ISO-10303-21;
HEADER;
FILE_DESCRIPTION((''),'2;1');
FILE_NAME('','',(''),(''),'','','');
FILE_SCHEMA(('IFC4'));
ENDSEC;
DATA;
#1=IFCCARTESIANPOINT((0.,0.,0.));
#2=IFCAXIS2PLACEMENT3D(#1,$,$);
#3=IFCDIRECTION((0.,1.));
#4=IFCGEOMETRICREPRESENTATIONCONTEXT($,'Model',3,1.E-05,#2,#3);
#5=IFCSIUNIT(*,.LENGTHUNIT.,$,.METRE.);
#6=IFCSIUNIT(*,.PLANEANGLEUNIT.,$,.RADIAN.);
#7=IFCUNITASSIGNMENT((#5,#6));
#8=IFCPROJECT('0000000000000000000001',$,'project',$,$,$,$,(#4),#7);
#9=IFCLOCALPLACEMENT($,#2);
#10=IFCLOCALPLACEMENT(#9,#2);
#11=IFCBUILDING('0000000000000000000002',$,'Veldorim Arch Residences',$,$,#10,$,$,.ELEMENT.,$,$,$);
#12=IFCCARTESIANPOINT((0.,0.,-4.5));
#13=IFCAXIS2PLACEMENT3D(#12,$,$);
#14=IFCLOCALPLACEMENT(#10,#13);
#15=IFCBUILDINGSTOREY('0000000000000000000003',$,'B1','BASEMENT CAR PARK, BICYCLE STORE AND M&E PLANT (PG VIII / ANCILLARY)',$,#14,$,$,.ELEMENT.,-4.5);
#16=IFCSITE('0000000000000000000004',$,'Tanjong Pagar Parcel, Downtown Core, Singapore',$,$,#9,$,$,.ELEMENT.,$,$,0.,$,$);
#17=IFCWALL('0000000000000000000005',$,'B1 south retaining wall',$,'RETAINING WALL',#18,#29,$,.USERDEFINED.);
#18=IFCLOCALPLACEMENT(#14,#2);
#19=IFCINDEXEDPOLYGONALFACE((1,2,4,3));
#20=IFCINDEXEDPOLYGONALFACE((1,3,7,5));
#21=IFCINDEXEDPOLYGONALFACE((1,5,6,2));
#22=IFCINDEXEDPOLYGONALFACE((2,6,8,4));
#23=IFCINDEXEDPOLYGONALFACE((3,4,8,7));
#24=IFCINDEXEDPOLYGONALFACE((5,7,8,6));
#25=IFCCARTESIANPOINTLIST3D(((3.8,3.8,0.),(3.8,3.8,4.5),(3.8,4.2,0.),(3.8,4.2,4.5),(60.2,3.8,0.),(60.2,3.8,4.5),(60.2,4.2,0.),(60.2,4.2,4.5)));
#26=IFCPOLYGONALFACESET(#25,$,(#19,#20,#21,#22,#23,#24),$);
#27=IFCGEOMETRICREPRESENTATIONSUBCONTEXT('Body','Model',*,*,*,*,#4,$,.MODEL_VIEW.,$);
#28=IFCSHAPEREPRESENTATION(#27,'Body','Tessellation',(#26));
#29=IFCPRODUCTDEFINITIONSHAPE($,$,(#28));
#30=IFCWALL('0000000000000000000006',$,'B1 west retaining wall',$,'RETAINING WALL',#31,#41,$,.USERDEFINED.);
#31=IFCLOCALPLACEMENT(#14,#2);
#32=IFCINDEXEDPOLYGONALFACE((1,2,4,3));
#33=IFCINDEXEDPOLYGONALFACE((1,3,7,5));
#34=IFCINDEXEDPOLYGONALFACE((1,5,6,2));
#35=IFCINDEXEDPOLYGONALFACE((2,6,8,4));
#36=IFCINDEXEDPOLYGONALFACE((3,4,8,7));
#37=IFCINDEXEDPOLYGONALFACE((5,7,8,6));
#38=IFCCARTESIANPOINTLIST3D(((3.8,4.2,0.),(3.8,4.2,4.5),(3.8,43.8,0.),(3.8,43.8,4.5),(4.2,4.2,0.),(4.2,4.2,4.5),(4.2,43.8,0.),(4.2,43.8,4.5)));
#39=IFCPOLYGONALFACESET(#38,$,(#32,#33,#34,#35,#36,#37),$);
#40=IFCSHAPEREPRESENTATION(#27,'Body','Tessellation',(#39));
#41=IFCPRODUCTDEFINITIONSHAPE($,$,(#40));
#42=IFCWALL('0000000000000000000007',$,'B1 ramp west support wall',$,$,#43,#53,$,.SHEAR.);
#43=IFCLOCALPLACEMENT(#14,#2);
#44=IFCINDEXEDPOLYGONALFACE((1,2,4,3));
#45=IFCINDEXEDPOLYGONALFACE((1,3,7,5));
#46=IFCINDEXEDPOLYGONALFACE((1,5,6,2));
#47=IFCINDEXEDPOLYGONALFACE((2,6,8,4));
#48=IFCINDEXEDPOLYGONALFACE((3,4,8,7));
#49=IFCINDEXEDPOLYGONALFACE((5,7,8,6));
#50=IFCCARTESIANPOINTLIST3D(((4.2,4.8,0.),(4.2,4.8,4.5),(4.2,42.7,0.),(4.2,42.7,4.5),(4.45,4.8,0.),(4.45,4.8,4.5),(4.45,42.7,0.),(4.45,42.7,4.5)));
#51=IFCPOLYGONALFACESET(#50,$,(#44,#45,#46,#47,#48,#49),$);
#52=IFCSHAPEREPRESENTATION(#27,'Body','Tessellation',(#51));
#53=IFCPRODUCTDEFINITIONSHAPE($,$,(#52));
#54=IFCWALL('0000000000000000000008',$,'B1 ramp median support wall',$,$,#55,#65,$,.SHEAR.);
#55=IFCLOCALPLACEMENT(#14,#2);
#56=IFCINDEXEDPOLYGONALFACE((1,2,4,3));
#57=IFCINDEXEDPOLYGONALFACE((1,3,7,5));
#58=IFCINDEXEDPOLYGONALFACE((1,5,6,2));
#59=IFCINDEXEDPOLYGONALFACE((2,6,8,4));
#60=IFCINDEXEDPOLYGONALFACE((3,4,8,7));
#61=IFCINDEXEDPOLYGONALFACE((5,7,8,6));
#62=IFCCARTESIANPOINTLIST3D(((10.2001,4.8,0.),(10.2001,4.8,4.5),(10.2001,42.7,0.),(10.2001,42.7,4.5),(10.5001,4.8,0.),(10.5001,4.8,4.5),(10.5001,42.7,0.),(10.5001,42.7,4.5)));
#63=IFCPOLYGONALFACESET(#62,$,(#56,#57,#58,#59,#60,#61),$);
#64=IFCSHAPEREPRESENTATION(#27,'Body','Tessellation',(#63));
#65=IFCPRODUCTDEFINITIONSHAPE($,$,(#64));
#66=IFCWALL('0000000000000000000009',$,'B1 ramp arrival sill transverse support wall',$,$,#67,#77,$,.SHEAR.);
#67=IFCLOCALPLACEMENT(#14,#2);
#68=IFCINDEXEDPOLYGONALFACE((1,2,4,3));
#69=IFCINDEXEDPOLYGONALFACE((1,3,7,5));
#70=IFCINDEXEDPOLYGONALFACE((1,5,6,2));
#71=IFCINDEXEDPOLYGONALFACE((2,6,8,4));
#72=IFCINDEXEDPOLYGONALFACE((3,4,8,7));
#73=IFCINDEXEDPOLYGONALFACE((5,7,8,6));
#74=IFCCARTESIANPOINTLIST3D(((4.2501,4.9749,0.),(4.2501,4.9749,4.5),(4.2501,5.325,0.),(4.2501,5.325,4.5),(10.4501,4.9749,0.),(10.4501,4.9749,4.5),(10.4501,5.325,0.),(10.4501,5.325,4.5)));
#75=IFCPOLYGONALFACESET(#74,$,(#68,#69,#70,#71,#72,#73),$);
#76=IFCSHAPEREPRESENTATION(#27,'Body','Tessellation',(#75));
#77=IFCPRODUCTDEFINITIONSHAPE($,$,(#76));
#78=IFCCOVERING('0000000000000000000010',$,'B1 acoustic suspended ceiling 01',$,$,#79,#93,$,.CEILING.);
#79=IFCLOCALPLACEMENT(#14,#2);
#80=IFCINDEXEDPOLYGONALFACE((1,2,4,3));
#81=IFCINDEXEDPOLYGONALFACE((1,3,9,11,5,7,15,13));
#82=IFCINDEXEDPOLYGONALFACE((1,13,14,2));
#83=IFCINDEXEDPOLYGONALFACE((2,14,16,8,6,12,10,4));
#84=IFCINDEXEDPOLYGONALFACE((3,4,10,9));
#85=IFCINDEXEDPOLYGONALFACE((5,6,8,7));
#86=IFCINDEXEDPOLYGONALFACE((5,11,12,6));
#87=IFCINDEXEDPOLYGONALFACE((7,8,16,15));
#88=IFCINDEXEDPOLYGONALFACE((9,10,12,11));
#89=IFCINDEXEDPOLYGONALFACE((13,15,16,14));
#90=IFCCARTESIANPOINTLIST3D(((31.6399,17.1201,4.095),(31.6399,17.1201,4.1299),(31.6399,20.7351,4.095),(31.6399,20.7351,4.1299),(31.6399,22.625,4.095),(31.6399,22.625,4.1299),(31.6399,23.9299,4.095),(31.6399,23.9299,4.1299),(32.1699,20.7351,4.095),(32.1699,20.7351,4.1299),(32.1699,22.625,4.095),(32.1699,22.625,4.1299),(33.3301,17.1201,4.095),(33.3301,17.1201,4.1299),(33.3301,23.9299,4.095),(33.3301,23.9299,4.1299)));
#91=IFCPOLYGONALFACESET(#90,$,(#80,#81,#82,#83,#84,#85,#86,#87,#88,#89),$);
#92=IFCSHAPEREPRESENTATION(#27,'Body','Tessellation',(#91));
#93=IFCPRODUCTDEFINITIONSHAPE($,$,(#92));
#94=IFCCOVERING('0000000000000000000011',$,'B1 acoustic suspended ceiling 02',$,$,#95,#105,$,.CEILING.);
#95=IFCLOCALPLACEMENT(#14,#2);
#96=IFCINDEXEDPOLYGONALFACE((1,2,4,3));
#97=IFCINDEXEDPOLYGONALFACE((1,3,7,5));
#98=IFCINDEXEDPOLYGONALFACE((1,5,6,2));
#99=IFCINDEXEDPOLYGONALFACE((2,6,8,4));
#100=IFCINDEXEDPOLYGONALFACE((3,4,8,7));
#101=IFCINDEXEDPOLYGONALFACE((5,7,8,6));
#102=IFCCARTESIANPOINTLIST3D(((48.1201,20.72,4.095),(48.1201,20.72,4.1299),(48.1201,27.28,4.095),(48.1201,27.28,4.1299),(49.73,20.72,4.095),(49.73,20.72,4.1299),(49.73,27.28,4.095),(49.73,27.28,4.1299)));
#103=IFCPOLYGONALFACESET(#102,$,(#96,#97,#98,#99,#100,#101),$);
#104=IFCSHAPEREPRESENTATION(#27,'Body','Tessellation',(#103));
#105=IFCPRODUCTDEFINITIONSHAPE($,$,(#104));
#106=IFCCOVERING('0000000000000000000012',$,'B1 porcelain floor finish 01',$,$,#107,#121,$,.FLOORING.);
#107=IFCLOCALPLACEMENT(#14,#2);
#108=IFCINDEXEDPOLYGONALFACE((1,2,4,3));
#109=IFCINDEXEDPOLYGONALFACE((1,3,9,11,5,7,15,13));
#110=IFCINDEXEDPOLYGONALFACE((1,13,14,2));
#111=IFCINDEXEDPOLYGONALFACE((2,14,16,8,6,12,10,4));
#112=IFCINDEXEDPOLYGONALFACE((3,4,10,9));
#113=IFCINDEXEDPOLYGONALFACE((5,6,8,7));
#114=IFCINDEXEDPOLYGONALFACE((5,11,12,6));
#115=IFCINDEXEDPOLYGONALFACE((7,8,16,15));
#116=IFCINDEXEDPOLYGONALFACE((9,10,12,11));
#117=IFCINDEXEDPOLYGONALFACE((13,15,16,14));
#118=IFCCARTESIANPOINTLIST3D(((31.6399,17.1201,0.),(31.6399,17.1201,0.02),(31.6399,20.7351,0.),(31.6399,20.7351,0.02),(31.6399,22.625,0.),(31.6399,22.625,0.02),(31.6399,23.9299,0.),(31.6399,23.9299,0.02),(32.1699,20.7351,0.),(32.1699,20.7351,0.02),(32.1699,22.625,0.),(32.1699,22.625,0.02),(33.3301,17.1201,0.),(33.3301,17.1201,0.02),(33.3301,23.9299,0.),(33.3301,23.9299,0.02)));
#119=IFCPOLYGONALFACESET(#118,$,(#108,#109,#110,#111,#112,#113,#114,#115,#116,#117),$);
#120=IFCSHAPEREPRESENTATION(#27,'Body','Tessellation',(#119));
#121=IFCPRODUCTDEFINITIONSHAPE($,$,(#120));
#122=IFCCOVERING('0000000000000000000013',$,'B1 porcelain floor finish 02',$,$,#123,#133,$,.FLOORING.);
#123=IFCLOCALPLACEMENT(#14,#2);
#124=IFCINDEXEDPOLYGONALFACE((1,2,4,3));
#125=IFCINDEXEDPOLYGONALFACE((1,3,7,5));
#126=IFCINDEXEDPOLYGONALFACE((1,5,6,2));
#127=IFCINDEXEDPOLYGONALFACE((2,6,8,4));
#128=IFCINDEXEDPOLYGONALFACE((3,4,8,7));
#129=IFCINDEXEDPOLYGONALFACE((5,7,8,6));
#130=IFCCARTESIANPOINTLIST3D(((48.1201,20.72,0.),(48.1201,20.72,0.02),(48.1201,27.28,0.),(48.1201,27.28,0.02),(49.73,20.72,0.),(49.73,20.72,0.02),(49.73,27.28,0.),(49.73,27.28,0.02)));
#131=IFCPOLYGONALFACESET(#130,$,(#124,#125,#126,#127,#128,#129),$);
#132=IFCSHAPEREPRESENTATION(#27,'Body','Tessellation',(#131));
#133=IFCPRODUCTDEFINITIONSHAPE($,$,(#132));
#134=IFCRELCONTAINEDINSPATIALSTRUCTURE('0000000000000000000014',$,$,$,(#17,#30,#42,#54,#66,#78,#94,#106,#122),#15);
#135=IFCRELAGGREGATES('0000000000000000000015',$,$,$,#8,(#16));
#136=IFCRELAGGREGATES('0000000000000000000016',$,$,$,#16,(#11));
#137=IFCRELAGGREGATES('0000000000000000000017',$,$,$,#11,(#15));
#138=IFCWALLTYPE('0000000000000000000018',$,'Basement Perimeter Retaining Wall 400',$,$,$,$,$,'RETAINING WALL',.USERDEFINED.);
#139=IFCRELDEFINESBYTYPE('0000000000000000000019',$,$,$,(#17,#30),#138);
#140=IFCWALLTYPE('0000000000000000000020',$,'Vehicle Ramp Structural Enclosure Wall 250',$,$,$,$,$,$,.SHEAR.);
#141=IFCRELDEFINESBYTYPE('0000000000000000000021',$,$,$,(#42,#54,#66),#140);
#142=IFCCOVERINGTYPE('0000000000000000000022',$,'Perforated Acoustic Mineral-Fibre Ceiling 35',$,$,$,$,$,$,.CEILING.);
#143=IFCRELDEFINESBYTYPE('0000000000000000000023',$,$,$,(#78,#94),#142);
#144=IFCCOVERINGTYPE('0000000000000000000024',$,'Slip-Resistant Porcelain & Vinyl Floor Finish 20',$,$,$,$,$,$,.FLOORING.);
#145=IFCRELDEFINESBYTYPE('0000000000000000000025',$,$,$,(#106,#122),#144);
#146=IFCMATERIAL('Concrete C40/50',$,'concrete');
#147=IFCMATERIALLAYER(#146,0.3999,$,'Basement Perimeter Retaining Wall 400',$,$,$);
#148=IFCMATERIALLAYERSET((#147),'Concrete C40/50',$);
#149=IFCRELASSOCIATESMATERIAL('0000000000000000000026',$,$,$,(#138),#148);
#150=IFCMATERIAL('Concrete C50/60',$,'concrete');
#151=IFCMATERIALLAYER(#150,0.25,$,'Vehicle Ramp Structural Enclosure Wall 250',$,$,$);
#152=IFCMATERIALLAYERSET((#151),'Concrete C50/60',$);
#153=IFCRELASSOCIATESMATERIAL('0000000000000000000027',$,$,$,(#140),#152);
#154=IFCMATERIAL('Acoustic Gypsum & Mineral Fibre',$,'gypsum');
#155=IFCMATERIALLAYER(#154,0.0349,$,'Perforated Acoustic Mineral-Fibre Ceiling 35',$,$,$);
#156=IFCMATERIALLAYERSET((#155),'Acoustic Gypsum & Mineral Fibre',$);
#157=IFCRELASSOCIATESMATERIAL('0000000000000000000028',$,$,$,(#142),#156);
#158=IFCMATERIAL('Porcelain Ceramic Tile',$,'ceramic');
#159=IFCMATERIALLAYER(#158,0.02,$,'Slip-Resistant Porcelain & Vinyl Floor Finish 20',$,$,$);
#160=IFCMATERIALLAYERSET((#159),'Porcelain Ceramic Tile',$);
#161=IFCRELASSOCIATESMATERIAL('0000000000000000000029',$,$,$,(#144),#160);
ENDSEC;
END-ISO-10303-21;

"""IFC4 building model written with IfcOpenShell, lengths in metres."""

from ifc_helpers import new_model, si_unit, direction, frame, frame_2d, origin, place, context, subcontext, project, spatial, polyline, rectangle, outline, extrude, material, layer, layer_set, type_object, element, save


model = new_model("IFC4")

# Units and contexts
model_context = context("Model", 3, precision=1e-05, world=origin(), true_north=direction((0.0, 1.0)))
body_context = subcontext(model_context, "Body", "Model", "MODEL_VIEW")
ifc_project = project(units=[si_unit("LENGTHUNIT", "METRE"), si_unit("PLANEANGLEUNIT", "RADIAN")], contexts=[model_context])

# Site, building, storey
site_placement = place(None, origin())
site = spatial("IfcSite", under=ifc_project, at=site_placement, Name="Tanjong Pagar Parcel, Downtown Core, Singapore", CompositionType="ELEMENT", RefElevation=0.0)
building_placement = place(site_placement, origin())
building = spatial("IfcBuilding", under=site, at=building_placement, Name="Veldorim Arch Residences", CompositionType="ELEMENT")
storey_placement = place(building_placement, frame((0.0, 0.0, -4.5)))
storey = spatial("IfcBuildingStorey", under=building, at=storey_placement, Name="B1", Description="BASEMENT CAR PARK, BICYCLE STORE AND M&E PLANT (PG VIII / ANCILLARY)", CompositionType="ELEMENT", Elevation=-4.5)

# Walls
ifc_material_1 = material(Name="Concrete C40/50", Category="concrete")
ifc_layer_1 = layer(ifc_material_1, 0.3999, Name="Basement Perimeter Retaining Wall 400")
ifc_layer_set_1 = layer_set([ifc_layer_1], Name="Concrete C40/50")
wall_type_1 = type_object("IfcWallType", Name="Basement Perimeter Retaining Wall 400", ElementType="RETAINING WALL", PredefinedType="USERDEFINED", material=ifc_layer_set_1)
wall_1_placement = place(storey_placement, frame((3.8, 4.0, 0.0), z_axis=(0.0, 0.0, 1.0), x_axis=(1.0, 0.0, 0.0)))
element("IfcWall", 1, at=wall_1_placement, inside=storey, type_object=wall_type_1, Name="B1 south retaining wall", ObjectType="RETAINING WALL", PredefinedType="USERDEFINED", context=body_context, shape_type="SweptSolid", body=[
    extrude(rectangle(XDim=56.3999, YDim=0.3999, at=frame_2d((28.2, 0.0))), origin(), (0.0, 0.0, 1.0), 4.5),
])
wall_2_placement = place(storey_placement, frame((4.0, 4.2, 0.0), z_axis=(0.0, 0.0, 1.0), x_axis=(0.0, 1.0, 0.0)))
element("IfcWall", 2, at=wall_2_placement, inside=storey, type_object=wall_type_1, Name="B1 west retaining wall", ObjectType="RETAINING WALL", PredefinedType="USERDEFINED", context=body_context, shape_type="SweptSolid", body=[
    extrude(rectangle(XDim=39.6001, YDim=0.3999, at=frame_2d((19.8, 0.0))), origin(), (0.0, 0.0, 1.0), 4.5),
])
ifc_material_2 = material(Name="Concrete C50/60", Category="concrete")
ifc_layer_2 = layer(ifc_material_2, 0.25, Name="Vehicle Ramp Structural Enclosure Wall 250")
ifc_layer_set_2 = layer_set([ifc_layer_2], Name="Concrete C50/60")
wall_type_2 = type_object("IfcWallType", Name="Vehicle Ramp Structural Enclosure Wall 250", PredefinedType="SHEAR", material=ifc_layer_set_2)
wall_3_placement = place(storey_placement, frame((4.325, 4.8, 0.0), z_axis=(0.0, 0.0, 1.0), x_axis=(0.0, 1.0, 0.0)))
element("IfcWall", 3, at=wall_3_placement, inside=storey, type_object=wall_type_2, Name="B1 ramp west support wall", PredefinedType="SHEAR", context=body_context, shape_type="SweptSolid", body=[
    extrude(rectangle(XDim=37.8999, YDim=0.25, at=frame_2d((18.95, 0.0))), origin(), (0.0, 0.0, 1.0), 4.5),
])
wall_4_placement = place(storey_placement, frame((10.3501, 4.8, 0.0), z_axis=(0.0, 0.0, 1.0), x_axis=(0.0, 1.0, 0.0)))
element("IfcWall", 4, at=wall_4_placement, inside=storey, type_object=wall_type_2, Name="B1 ramp median support wall", PredefinedType="SHEAR", context=body_context, shape_type="SweptSolid", body=[
    extrude(rectangle(XDim=37.8999, YDim=0.3, at=frame_2d((18.95, 0.0))), origin(), (0.0, 0.0, 1.0), 4.5),
])
wall_5_placement = place(storey_placement, frame((4.25, 5.1499, 0.0), z_axis=(0.0, 0.0, 1.0), x_axis=(1.0, 0.0, 0.0)))
element("IfcWall", 5, at=wall_5_placement, inside=storey, type_object=wall_type_2, Name="B1 ramp arrival sill transverse support wall", PredefinedType="SHEAR", context=body_context, shape_type="SweptSolid", body=[
    extrude(rectangle(XDim=6.2, YDim=0.3501, at=frame_2d((3.1001, 0.0))), origin(), (0.0, 0.0, 1.0), 4.5),
])

# Coverings
ifc_material_3 = material(Name="Acoustic Gypsum & Mineral Fibre", Category="gypsum")
ifc_layer_3 = layer(ifc_material_3, 0.0349, Name="Perforated Acoustic Mineral-Fibre Ceiling 35")
ifc_layer_set_3 = layer_set([ifc_layer_3], Name="Acoustic Gypsum & Mineral Fibre")
covering_type_1 = type_object("IfcCoveringType", Name="Perforated Acoustic Mineral-Fibre Ceiling 35", PredefinedType="CEILING", material=ifc_layer_set_3)
covering_1_placement = place(storey_placement, frame((0.0, 0.0, 4.095)))
element("IfcCovering", 6, at=covering_1_placement, inside=storey, type_object=covering_type_1, Name="B1 acoustic suspended ceiling 01", PredefinedType="CEILING", context=body_context, shape_type="SweptSolid", body=[
    extrude(outline(polyline([(33.3301, 23.9299), (33.3301, 17.1201), (31.6399, 17.1201), (31.6399, 20.7351), (32.1699, 20.7351), (32.1699, 22.625), (31.6399, 22.625), (31.6399, 23.9299), (33.3301, 23.9299)])), origin(), (0.0, 0.0, 1.0), 0.0349),
])
covering_2_placement = place(storey_placement, frame((0.0, 0.0, 4.095)))
element("IfcCovering", 7, at=covering_2_placement, inside=storey, type_object=covering_type_1, Name="B1 acoustic suspended ceiling 02", PredefinedType="CEILING", context=body_context, shape_type="SweptSolid", body=[
    extrude(outline(polyline([(49.73, 20.72), (48.1201, 20.72), (48.1201, 27.28), (49.73, 27.28), (49.73, 20.72)])), origin(), (0.0, 0.0, 1.0), 0.0349),
])
ifc_material_4 = material(Name="Porcelain Ceramic Tile", Category="ceramic")
ifc_layer_4 = layer(ifc_material_4, 0.02, Name="Slip-Resistant Porcelain & Vinyl Floor Finish 20")
ifc_layer_set_4 = layer_set([ifc_layer_4], Name="Porcelain Ceramic Tile")
covering_type_2 = type_object("IfcCoveringType", Name="Slip-Resistant Porcelain & Vinyl Floor Finish 20", PredefinedType="FLOORING", material=ifc_layer_set_4)
covering_3_placement = place(storey_placement, origin())
element("IfcCovering", 8, at=covering_3_placement, inside=storey, type_object=covering_type_2, Name="B1 porcelain floor finish 01", PredefinedType="FLOORING", context=body_context, shape_type="SweptSolid", body=[
    extrude(outline(polyline([(33.3301, 23.9299), (33.3301, 17.1201), (31.6399, 17.1201), (31.6399, 20.7351), (32.1699, 20.7351), (32.1699, 22.625), (31.6399, 22.625), (31.6399, 23.9299), (33.3301, 23.9299)])), origin(), (0.0, 0.0, 1.0), 0.02),
])
covering_4_placement = place(storey_placement, origin())
element("IfcCovering", 9, at=covering_4_placement, inside=storey, type_object=covering_type_2, Name="B1 porcelain floor finish 02", PredefinedType="FLOORING", context=body_context, shape_type="SweptSolid", body=[
    extrude(outline(polyline([(49.73, 20.72), (48.1201, 20.72), (48.1201, 27.28), (49.73, 27.28), (49.73, 20.72)])), origin(), (0.0, 0.0, 1.0), 0.02),
])

save(model, "model.ifc")
